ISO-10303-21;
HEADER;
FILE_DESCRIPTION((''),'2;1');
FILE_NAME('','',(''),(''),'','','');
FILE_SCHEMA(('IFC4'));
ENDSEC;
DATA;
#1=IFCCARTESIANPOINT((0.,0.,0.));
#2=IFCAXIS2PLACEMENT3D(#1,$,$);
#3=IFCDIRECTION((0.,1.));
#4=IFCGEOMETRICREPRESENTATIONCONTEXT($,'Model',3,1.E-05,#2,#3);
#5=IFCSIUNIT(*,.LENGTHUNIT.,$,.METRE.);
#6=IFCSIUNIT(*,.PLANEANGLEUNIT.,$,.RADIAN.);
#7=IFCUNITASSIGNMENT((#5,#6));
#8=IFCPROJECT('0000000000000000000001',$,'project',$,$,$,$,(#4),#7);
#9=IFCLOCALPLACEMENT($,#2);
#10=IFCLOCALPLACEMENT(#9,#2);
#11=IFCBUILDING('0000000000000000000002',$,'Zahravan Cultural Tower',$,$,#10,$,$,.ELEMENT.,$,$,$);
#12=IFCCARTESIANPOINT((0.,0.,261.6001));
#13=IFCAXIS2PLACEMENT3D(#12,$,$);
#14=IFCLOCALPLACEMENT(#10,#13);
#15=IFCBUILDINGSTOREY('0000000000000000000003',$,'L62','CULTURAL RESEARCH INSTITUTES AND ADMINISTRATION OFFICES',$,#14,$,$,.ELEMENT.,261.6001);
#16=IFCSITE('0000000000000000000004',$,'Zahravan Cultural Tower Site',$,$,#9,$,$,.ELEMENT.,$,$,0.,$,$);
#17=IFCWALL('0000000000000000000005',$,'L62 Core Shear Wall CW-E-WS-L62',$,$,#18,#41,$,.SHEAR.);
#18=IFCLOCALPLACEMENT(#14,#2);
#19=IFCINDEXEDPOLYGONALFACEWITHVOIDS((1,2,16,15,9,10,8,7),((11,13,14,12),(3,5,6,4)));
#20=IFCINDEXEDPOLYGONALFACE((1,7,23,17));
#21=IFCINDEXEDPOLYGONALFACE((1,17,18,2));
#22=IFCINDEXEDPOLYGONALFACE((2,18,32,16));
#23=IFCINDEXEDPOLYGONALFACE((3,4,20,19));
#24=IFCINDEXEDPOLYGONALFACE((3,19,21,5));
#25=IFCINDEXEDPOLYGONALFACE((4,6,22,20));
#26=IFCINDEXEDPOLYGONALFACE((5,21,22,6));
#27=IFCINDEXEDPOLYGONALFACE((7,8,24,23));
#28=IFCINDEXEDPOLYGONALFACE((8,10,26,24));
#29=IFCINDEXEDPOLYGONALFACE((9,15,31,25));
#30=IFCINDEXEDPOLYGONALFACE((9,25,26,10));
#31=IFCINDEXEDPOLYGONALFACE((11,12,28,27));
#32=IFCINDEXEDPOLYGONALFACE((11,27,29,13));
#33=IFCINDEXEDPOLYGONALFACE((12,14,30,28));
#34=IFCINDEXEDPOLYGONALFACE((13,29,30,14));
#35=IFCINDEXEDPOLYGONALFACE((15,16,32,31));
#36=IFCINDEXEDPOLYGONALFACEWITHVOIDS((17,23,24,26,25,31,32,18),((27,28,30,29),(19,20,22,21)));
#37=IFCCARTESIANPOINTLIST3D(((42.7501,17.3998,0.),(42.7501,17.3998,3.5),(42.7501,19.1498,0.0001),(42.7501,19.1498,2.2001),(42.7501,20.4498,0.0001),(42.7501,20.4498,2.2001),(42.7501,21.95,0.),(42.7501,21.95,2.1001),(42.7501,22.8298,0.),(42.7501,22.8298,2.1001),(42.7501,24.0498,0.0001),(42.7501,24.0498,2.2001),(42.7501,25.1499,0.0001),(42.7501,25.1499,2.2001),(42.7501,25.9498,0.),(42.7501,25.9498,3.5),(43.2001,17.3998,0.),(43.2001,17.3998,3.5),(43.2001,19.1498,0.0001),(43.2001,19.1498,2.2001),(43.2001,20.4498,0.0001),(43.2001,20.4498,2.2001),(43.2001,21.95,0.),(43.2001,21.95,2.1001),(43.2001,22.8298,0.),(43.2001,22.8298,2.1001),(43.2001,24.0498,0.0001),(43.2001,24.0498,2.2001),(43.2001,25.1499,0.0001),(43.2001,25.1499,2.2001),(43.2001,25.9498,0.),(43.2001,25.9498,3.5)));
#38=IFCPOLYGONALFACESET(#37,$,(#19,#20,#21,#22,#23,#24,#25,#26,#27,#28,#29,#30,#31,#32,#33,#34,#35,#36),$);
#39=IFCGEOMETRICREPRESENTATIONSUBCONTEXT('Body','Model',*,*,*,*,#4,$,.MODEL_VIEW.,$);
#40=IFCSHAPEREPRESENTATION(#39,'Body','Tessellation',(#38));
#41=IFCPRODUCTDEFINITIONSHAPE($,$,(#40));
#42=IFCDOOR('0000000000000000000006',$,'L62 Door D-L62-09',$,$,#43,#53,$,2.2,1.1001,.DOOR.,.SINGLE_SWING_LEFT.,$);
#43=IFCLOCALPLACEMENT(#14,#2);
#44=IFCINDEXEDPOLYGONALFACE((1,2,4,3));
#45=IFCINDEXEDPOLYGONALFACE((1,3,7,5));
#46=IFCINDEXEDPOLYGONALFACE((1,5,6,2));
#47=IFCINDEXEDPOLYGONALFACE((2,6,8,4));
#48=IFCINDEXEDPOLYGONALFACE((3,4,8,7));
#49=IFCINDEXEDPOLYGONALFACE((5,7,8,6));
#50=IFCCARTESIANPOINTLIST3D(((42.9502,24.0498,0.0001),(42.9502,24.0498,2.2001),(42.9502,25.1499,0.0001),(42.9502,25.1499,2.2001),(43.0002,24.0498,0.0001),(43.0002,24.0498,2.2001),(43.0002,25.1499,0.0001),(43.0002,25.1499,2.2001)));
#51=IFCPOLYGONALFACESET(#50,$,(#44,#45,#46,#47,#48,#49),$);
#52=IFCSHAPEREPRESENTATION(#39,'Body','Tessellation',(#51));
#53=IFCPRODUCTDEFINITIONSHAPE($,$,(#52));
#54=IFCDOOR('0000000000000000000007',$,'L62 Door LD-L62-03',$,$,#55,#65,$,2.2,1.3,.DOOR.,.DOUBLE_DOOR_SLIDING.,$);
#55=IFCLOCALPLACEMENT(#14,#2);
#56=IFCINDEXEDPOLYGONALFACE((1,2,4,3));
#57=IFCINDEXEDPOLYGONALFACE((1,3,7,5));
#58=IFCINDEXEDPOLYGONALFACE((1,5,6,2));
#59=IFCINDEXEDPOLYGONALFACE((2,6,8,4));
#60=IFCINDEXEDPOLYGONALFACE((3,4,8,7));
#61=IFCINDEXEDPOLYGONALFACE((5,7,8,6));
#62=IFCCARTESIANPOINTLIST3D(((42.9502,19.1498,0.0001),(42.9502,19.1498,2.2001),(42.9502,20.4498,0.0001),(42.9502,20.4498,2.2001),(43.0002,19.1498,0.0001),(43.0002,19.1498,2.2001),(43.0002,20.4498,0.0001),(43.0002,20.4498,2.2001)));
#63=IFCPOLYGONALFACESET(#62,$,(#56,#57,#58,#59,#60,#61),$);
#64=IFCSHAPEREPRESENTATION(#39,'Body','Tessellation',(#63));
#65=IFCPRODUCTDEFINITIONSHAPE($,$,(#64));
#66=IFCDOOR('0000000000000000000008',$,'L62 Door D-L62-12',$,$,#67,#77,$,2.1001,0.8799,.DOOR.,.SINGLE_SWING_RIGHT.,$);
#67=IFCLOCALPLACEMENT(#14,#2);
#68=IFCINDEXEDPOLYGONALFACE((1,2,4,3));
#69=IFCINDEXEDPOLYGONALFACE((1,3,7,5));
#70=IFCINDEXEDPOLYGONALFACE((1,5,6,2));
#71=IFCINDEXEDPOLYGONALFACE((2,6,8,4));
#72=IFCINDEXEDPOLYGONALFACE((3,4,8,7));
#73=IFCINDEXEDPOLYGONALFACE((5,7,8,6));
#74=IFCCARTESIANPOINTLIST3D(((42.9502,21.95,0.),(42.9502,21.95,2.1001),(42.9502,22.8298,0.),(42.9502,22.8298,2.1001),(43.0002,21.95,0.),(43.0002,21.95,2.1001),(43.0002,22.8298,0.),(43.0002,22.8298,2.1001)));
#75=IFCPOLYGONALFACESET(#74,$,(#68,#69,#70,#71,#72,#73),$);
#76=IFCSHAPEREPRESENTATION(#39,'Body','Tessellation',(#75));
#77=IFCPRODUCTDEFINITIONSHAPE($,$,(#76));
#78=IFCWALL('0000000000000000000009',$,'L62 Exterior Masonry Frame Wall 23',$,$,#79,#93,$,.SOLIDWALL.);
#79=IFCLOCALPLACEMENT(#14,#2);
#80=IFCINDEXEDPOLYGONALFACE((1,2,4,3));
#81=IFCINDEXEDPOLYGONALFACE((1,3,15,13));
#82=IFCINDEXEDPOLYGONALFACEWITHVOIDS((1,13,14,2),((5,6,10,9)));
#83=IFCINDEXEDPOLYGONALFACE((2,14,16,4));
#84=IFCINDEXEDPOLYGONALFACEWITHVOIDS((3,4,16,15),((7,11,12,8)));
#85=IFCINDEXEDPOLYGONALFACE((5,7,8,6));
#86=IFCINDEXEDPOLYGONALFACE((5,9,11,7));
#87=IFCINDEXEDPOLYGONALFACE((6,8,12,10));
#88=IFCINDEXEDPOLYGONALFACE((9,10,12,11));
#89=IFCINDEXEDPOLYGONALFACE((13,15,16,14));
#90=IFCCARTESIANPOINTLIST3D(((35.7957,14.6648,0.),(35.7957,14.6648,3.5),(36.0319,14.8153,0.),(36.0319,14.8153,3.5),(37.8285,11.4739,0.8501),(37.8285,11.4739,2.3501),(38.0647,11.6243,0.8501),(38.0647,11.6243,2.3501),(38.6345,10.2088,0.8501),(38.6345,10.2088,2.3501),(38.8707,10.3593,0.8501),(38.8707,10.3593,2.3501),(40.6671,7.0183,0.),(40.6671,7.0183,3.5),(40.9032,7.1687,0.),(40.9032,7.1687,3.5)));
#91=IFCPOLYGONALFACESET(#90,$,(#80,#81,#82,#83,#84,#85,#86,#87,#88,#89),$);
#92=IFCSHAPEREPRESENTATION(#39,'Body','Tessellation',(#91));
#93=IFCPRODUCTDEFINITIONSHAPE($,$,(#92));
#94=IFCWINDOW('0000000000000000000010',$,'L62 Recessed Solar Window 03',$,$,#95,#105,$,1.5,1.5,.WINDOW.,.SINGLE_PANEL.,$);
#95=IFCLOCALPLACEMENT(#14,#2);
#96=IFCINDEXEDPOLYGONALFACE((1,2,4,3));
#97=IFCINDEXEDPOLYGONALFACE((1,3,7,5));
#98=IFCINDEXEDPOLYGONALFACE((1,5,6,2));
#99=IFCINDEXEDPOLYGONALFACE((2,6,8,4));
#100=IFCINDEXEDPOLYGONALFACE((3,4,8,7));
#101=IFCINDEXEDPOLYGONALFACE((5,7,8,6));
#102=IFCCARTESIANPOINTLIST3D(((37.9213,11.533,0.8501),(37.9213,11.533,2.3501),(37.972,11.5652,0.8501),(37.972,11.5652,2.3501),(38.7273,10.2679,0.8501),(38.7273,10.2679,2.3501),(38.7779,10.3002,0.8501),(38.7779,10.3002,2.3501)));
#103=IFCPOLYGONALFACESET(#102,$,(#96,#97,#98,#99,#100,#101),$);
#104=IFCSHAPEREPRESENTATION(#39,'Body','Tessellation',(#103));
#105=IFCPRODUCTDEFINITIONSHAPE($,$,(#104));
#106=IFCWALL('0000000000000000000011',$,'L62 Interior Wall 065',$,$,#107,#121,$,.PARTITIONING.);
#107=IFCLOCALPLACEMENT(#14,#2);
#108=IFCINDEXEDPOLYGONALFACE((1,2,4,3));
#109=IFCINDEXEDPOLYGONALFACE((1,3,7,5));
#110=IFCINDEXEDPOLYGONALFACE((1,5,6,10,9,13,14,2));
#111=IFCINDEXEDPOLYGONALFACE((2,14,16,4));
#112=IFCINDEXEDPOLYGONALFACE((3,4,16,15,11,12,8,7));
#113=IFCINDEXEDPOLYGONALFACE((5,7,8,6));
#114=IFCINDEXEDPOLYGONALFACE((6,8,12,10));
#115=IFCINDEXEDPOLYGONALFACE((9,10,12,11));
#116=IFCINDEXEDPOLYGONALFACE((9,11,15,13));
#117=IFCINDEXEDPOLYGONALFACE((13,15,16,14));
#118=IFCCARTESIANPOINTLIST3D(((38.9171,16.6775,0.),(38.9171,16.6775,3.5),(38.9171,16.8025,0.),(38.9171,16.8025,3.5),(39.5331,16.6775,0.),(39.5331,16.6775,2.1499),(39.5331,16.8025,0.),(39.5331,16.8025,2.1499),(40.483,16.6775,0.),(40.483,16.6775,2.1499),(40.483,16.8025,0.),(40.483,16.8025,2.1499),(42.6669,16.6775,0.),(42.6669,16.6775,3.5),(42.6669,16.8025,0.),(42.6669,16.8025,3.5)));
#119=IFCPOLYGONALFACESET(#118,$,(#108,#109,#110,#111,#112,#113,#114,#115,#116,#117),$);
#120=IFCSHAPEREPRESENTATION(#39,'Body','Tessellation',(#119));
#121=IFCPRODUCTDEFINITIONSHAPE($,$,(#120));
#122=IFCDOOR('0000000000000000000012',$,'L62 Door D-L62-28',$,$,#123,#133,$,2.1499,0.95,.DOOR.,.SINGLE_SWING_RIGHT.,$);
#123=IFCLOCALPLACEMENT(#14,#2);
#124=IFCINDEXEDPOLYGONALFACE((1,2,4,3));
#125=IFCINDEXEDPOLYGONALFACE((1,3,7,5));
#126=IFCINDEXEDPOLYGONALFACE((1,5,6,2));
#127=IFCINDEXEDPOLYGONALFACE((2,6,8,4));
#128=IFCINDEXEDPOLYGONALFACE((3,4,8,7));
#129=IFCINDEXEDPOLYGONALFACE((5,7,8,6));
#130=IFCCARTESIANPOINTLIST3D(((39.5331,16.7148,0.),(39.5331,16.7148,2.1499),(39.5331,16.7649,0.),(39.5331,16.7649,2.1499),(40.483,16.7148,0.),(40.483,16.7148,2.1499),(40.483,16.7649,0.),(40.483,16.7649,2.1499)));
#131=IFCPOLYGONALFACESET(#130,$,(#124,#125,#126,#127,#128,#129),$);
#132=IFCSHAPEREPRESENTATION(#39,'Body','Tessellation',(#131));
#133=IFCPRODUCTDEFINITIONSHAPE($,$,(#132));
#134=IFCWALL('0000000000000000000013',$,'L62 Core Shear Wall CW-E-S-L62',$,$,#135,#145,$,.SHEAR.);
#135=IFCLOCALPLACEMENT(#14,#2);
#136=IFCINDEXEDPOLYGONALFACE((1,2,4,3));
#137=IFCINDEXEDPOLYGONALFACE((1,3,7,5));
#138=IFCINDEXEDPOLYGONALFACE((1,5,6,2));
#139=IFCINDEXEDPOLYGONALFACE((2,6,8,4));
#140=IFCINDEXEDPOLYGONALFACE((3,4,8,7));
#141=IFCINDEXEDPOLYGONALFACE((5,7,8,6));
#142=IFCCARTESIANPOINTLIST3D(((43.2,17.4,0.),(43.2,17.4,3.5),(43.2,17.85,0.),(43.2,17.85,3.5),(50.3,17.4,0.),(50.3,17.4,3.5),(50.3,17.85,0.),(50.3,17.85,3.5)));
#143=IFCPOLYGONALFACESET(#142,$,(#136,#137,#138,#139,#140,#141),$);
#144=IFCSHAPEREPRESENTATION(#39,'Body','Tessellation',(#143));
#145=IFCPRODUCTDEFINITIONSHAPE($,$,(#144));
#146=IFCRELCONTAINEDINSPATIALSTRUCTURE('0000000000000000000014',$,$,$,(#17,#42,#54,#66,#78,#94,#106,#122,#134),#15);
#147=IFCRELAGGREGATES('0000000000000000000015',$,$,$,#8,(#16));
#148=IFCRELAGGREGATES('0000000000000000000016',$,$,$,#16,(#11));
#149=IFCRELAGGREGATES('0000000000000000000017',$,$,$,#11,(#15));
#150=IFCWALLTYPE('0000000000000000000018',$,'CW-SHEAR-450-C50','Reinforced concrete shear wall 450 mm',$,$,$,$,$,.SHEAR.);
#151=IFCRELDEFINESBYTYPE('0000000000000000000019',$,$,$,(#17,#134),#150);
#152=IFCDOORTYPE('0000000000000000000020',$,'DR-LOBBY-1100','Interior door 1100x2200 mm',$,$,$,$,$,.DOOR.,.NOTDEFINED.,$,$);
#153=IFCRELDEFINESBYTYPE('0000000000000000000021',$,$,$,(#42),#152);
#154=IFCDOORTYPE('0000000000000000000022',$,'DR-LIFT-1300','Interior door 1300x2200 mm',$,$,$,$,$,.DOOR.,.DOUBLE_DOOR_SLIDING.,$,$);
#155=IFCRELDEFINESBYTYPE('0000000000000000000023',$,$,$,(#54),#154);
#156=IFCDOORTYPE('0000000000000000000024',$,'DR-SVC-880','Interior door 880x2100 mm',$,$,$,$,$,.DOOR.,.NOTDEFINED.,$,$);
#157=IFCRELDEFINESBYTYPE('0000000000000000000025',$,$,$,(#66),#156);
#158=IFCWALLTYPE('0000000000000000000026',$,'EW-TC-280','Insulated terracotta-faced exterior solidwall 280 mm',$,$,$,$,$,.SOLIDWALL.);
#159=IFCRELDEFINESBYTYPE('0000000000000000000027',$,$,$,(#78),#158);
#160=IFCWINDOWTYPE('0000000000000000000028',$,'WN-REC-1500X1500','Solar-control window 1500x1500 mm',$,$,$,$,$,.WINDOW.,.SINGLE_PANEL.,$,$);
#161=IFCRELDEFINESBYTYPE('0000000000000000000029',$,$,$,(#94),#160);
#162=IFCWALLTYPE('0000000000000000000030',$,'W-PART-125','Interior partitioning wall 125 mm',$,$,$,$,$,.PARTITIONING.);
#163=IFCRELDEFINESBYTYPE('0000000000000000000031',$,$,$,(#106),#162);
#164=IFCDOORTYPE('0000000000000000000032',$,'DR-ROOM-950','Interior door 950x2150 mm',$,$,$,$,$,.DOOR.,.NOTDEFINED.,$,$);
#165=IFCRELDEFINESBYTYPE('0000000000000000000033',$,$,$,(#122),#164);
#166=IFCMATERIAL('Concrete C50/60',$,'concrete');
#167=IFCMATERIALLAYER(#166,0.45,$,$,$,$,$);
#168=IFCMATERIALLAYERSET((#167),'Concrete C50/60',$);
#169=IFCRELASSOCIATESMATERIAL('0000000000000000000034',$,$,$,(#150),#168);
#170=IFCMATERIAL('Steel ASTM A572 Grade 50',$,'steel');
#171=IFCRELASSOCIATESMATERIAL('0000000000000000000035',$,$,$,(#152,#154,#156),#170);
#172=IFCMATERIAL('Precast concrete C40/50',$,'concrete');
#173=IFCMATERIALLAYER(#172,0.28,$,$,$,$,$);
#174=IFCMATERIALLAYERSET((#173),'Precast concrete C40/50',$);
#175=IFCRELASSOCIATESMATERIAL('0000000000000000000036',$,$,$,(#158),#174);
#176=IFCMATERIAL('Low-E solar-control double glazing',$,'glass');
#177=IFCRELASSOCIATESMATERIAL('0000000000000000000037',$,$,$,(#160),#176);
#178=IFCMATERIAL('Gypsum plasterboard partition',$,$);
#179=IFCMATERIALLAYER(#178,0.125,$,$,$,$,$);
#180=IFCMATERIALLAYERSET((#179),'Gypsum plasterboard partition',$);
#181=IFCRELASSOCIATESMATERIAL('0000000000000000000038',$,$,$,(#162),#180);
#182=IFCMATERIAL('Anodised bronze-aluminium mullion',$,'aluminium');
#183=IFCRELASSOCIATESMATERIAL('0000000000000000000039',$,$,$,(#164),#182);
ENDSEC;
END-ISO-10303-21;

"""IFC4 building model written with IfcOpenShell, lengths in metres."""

from ifc_helpers import new_model, si_unit, direction, frame, frame_2d, origin, place, context, subcontext, project, spatial, rectangle, extrude, source, transform, mapped, material, layer, layer_set, type_object, element, fill, save


model = new_model("IFC4")

# Units and contexts
model_context = context("Model", 3, precision=1e-05, world=origin(), true_north=direction((0.0, 1.0)))
body_context = subcontext(model_context, "Body", "Model", "MODEL_VIEW")
ifc_project = project(units=[si_unit("LENGTHUNIT", "METRE"), si_unit("PLANEANGLEUNIT", "RADIAN")], contexts=[model_context])

# Site, building, storey
site_placement = place(None, origin())
site = spatial("IfcSite", under=ifc_project, at=site_placement, Name="Zahravan Cultural Tower Site", CompositionType="ELEMENT", RefElevation=0.0)
building_placement = place(site_placement, origin())
building = spatial("IfcBuilding", under=site, at=building_placement, Name="Zahravan Cultural Tower", CompositionType="ELEMENT")
storey_placement = place(building_placement, frame((0.0, 0.0, 261.6001)))
storey = spatial("IfcBuildingStorey", under=building, at=storey_placement, Name="L62", Description="CULTURAL RESEARCH INSTITUTES AND ADMINISTRATION OFFICES", CompositionType="ELEMENT", Elevation=261.6001)

# Shared definitions
ifc_material_1 = material(Name="Concrete C50/60", Category="concrete")

# Wall, openings, doors
ifc_layer_1 = layer(ifc_material_1, 0.45)
ifc_layer_set_1 = layer_set([ifc_layer_1], Name="Concrete C50/60")
wall_type_1 = type_object("IfcWallType", Name="CW-SHEAR-450-C50", Description="Reinforced concrete shear wall 450 mm", PredefinedType="SHEAR", material=ifc_layer_set_1)
wall_1_placement = place(storey_placement, frame((42.9751, 17.3999, 0.0), z_axis=(0.0, 0.0, 1.0), x_axis=(0.0, 1.0, 0.0)))
wall_1 = element("IfcWall", 1, at=wall_1_placement, inside=storey, type_object=wall_type_1, Name="L62 Core Shear Wall CW-E-WS-L62", PredefinedType="SHEAR", context=body_context, shape_type="SweptSolid", body=[
    extrude(rectangle(XDim=8.55, YDim=0.45, at=frame_2d((4.2749, 0.0))), origin(), (0.0, 0.0, 1.0), 3.5),
])
opening_1_placement = place(wall_1_placement, frame((6.6499, 0.0, 0.0)))
opening_1 = element("IfcOpeningElement", 2, at=opening_1_placement, cuts=wall_1, PredefinedType="OPENING", context=body_context, shape_type="SweptSolid", body=[
    extrude(rectangle(XDim=1.1001, YDim=2.2, at=frame_2d((0.55, 1.1001))), frame((0.0, 0.2349, 0.0), z_axis=(0.0, -1.0, 0.0), x_axis=(1.0, 0.0, 0.0)), (0.0, 0.0, 1.0), 0.47),
])
opening_2_placement = place(wall_1_placement, frame((1.75, 0.0, 0.0)))
opening_2 = element("IfcOpeningElement", 3, at=opening_2_placement, cuts=wall_1, PredefinedType="OPENING", context=body_context, shape_type="SweptSolid", body=[
    extrude(rectangle(XDim=1.3, YDim=2.2, at=frame_2d((0.6499, 1.1001))), frame((0.0, 0.2349, 0.0), z_axis=(0.0, -1.0, 0.0), x_axis=(1.0, 0.0, 0.0)), (0.0, 0.0, 1.0), 0.47),
])
opening_3_placement = place(wall_1_placement, frame((4.55, 0.0, 0.0)))
opening_3 = element("IfcOpeningElement", 4, at=opening_3_placement, cuts=wall_1, PredefinedType="OPENING", context=body_context, shape_type="SweptSolid", body=[
    extrude(rectangle(XDim=0.8799, YDim=2.1001, at=frame_2d((0.4399, 1.05))), frame((0.0, 0.2349, 0.0), z_axis=(0.0, -1.0, 0.0), x_axis=(1.0, 0.0, 0.0)), (0.0, 0.0, 1.0), 0.47),
])
ifc_material_2 = material(Name="Steel ASTM A572 Grade 50", Category="steel")
door_type_1 = type_object("IfcDoorType", Name="DR-LOBBY-1100", Description="Interior door 1100x2200 mm", OperationType="NOTDEFINED", PredefinedType="DOOR", material=ifc_material_2)
shared_shape_1 = source(origin(), body_context, "Body", "SweptSolid", [
    extrude(rectangle(XDim=1.1001, YDim=2.2, at=frame_2d((0.55, 1.1001))), frame((0.0, 0.0249, 0.0), z_axis=(0.0, -1.0, 0.0), x_axis=(1.0, 0.0, 0.0)), (0.0, 0.0, 1.0), 0.05),
])
door_1_placement = place(opening_1_placement, origin())
door_1 = element("IfcDoor", 5, at=door_1_placement, inside=storey, type_object=door_type_1, Name="L62 Door D-L62-09", OperationType="SINGLE_SWING_LEFT", OverallHeight=2.2, OverallWidth=1.1001, PredefinedType="DOOR", context=body_context, shape_type="MappedRepresentation", body=[
    mapped(shared_shape_1, transform((0.0, 0.0, 0.0), x_axis=(1.0, 0.0, 0.0), y_axis=(0.0, 1.0, 0.0), z_axis=(0.0, 0.0, 1.0), scale=1.0)),
])
fill(opening_1, door_1)
door_type_2 = type_object("IfcDoorType", Name="DR-LIFT-1300", Description="Interior door 1300x2200 mm", OperationType="DOUBLE_DOOR_SLIDING", PredefinedType="DOOR", material=ifc_material_2)
shared_shape_2 = source(origin(), body_context, "Body", "SweptSolid", [
    extrude(rectangle(XDim=1.3, YDim=2.2, at=frame_2d((0.6499, 1.1001))), frame((0.0, 0.0249, 0.0), z_axis=(0.0, -1.0, 0.0), x_axis=(1.0, 0.0, 0.0)), (0.0, 0.0, 1.0), 0.05),
])
door_2_placement = place(opening_2_placement, origin())
door_2 = element("IfcDoor", 6, at=door_2_placement, inside=storey, type_object=door_type_2, Name="L62 Door LD-L62-03", OperationType="DOUBLE_DOOR_SLIDING", OverallHeight=2.2, OverallWidth=1.3, PredefinedType="DOOR", context=body_context, shape_type="MappedRepresentation", body=[
    mapped(shared_shape_2, transform((0.0, 0.0, 0.0), x_axis=(1.0, 0.0, 0.0), y_axis=(0.0, 1.0, 0.0), z_axis=(0.0, 0.0, 1.0), scale=1.0)),
])
fill(opening_2, door_2)
door_type_3 = type_object("IfcDoorType", Name="DR-SVC-880", Description="Interior door 880x2100 mm", OperationType="NOTDEFINED", PredefinedType="DOOR", material=ifc_material_2)
shared_shape_3 = source(origin(), body_context, "Body", "SweptSolid", [
    extrude(rectangle(XDim=0.8799, YDim=2.1001, at=frame_2d((0.4399, 1.05))), frame((0.0, 0.0249, 0.0), z_axis=(0.0, -1.0, 0.0), x_axis=(1.0, 0.0, 0.0)), (0.0, 0.0, 1.0), 0.05),
])
door_3_placement = place(opening_3_placement, origin())
door_3 = element("IfcDoor", 7, at=door_3_placement, inside=storey, type_object=door_type_3, Name="L62 Door D-L62-12", OperationType="SINGLE_SWING_RIGHT", OverallHeight=2.1001, OverallWidth=0.8799, PredefinedType="DOOR", context=body_context, shape_type="MappedRepresentation", body=[
    mapped(shared_shape_3, transform((0.0, 0.0, 0.0), x_axis=(1.0, 0.0, 0.0), y_axis=(0.0, 1.0, 0.0), z_axis=(0.0, 0.0, 1.0), scale=1.0)),
])
fill(opening_3, door_3)

# Wall, opening, window
ifc_material_3 = material(Name="Precast concrete C40/50", Category="concrete")
ifc_layer_2 = layer(ifc_material_3, 0.28)
ifc_layer_set_2 = layer_set([ifc_layer_2], Name="Precast concrete C40/50")
wall_type_2 = type_object("IfcWallType", Name="EW-TC-280", Description="Insulated terracotta-faced exterior solidwall 280 mm", PredefinedType="SOLIDWALL", material=ifc_layer_set_2)
wall_2_placement = place(storey_placement, frame((40.7852, 7.0935, 0.0), z_axis=(0.0, 0.0, 1.0), x_axis=(-0.537299, 0.843392, 0.0)))
wall_2 = element("IfcWall", 8, at=wall_2_placement, inside=storey, type_object=wall_type_2, Name="L62 Exterior Masonry Frame Wall 23", PredefinedType="SOLIDWALL", context=body_context, shape_type="SweptSolid", body=[
    extrude(rectangle(XDim=9.0664, YDim=0.28, at=frame_2d((4.5332, 0.0))), origin(), (0.0, 0.0, 1.0), 3.5),
])
opening_4_placement = place(wall_2_placement, frame((3.783, 0.0, 0.8501)))
opening_4 = element("IfcOpeningElement", 9, at=opening_4_placement, cuts=wall_2, PredefinedType="OPENING", context=body_context, shape_type="SweptSolid", body=[
    extrude(rectangle(XDim=1.5, YDim=1.5, at=frame_2d((0.75, 0.75))), frame((0.0, 0.1499, 0.0), z_axis=(0.0, -1.0, 0.0), x_axis=(1.0, 0.0, 0.0)), (0.0, 0.0, 1.0), 0.3),
])
ifc_material_4 = material(Name="Low-E solar-control double glazing", Category="glass")
window_type = type_object("IfcWindowType", Name="WN-REC-1500X1500", Description="Solar-control window 1500x1500 mm", PartitioningType="SINGLE_PANEL", PredefinedType="WINDOW", material=ifc_material_4)
shared_shape_4 = source(origin(), body_context, "Body", "SweptSolid", [
    extrude(rectangle(XDim=1.5, YDim=1.5, at=frame_2d((0.75, 0.75))), frame((0.0, 0.03, 0.0), z_axis=(0.0, -1.0, 0.0), x_axis=(1.0, 0.0, 0.0)), (0.0, 0.0, 1.0), 0.0601),
])
window_placement = place(opening_4_placement, origin())
window = element("IfcWindow", 10, at=window_placement, inside=storey, type_object=window_type, Name="L62 Recessed Solar Window 03", OverallHeight=1.5, OverallWidth=1.5, PartitioningType="SINGLE_PANEL", PredefinedType="WINDOW", context=body_context, shape_type="MappedRepresentation", body=[
    mapped(shared_shape_4, transform((0.0, 0.0, 0.0), x_axis=(1.0, 0.0, 0.0), y_axis=(0.0, 1.0, 0.0), z_axis=(0.0, 0.0, 1.0), scale=1.0)),
])
fill(opening_4, window)

# Wall, opening, door
ifc_material_5 = material(Name="Gypsum plasterboard partition")
ifc_layer_3 = layer(ifc_material_5, 0.125)
ifc_layer_set_3 = layer_set([ifc_layer_3], Name="Gypsum plasterboard partition")
wall_type_3 = type_object("IfcWallType", Name="W-PART-125", Description="Interior partitioning wall 125 mm", PredefinedType="PARTITIONING", material=ifc_layer_set_3)
wall_3_placement = place(storey_placement, frame((38.917, 16.74, 0.0), z_axis=(0.0, 0.0, 1.0), x_axis=(1.0, 0.0, 0.0)))
wall_3 = element("IfcWall", 11, at=wall_3_placement, inside=storey, type_object=wall_type_3, Name="L62 Interior Wall 065", PredefinedType="PARTITIONING", context=body_context, shape_type="SweptSolid", body=[
    extrude(rectangle(XDim=3.7498, YDim=0.125, at=frame_2d((1.875, 0.0))), origin(), (0.0, 0.0, 1.0), 3.5),
])
opening_5_placement = place(wall_3_placement, frame((0.616, 0.0, 0.0)))
opening_5 = element("IfcOpeningElement", 12, at=opening_5_placement, cuts=wall_3, PredefinedType="OPENING", context=body_context, shape_type="SweptSolid", body=[
    extrude(rectangle(XDim=0.95, YDim=2.1499, at=frame_2d((0.4751, 1.075))), frame((0.0, 0.0725, 0.0), z_axis=(0.0, -1.0, 0.0), x_axis=(1.0, 0.0, 0.0)), (0.0, 0.0, 1.0), 0.145),
])
ifc_material_6 = material(Name="Anodised bronze-aluminium mullion", Category="aluminium")
door_type_4 = type_object("IfcDoorType", Name="DR-ROOM-950", Description="Interior door 950x2150 mm", OperationType="NOTDEFINED", PredefinedType="DOOR", material=ifc_material_6)
shared_shape_5 = source(origin(), body_context, "Body", "SweptSolid", [
    extrude(rectangle(XDim=0.95, YDim=2.1499, at=frame_2d((0.4751, 1.075))), frame((0.0, 0.0249, 0.0), z_axis=(0.0, -1.0, 0.0), x_axis=(1.0, 0.0, 0.0)), (0.0, 0.0, 1.0), 0.05),
])
door_4_placement = place(opening_5_placement, origin())
door_4 = element("IfcDoor", 13, at=door_4_placement, inside=storey, type_object=door_type_4, Name="L62 Door D-L62-28", OperationType="SINGLE_SWING_RIGHT", OverallHeight=2.1499, OverallWidth=0.95, PredefinedType="DOOR", context=body_context, shape_type="MappedRepresentation", body=[
    mapped(shared_shape_5, transform((0.0, 0.0, 0.0), x_axis=(1.0, 0.0, 0.0), y_axis=(0.0, 1.0, 0.0), z_axis=(0.0, 0.0, 1.0), scale=1.0)),
])
fill(opening_5, door_4)

# Wall
shared_shape_6 = source(origin(), body_context, "Body", "SweptSolid", [
    extrude(rectangle(XDim=7.1001, YDim=0.45, at=frame_2d((3.55, 0.0))), origin(), (0.0, 0.0, 1.0), 3.5),
])
wall_4_placement = place(storey_placement, frame((43.2, 17.625, 0.0), z_axis=(0.0, 0.0, 1.0), x_axis=(1.0, 0.0, 0.0)))
element("IfcWall", 14, at=wall_4_placement, inside=storey, type_object=wall_type_1, Name="L62 Core Shear Wall CW-E-S-L62", PredefinedType="SHEAR", context=body_context, shape_type="MappedRepresentation", body=[
    mapped(shared_shape_6, transform((0.0, 0.0, 0.0), x_axis=(1.0, 0.0, 0.0), y_axis=(0.0, 1.0, 0.0), z_axis=(0.0, 0.0, 1.0), scale=1.0)),
])

save(model, "model.ifc")
